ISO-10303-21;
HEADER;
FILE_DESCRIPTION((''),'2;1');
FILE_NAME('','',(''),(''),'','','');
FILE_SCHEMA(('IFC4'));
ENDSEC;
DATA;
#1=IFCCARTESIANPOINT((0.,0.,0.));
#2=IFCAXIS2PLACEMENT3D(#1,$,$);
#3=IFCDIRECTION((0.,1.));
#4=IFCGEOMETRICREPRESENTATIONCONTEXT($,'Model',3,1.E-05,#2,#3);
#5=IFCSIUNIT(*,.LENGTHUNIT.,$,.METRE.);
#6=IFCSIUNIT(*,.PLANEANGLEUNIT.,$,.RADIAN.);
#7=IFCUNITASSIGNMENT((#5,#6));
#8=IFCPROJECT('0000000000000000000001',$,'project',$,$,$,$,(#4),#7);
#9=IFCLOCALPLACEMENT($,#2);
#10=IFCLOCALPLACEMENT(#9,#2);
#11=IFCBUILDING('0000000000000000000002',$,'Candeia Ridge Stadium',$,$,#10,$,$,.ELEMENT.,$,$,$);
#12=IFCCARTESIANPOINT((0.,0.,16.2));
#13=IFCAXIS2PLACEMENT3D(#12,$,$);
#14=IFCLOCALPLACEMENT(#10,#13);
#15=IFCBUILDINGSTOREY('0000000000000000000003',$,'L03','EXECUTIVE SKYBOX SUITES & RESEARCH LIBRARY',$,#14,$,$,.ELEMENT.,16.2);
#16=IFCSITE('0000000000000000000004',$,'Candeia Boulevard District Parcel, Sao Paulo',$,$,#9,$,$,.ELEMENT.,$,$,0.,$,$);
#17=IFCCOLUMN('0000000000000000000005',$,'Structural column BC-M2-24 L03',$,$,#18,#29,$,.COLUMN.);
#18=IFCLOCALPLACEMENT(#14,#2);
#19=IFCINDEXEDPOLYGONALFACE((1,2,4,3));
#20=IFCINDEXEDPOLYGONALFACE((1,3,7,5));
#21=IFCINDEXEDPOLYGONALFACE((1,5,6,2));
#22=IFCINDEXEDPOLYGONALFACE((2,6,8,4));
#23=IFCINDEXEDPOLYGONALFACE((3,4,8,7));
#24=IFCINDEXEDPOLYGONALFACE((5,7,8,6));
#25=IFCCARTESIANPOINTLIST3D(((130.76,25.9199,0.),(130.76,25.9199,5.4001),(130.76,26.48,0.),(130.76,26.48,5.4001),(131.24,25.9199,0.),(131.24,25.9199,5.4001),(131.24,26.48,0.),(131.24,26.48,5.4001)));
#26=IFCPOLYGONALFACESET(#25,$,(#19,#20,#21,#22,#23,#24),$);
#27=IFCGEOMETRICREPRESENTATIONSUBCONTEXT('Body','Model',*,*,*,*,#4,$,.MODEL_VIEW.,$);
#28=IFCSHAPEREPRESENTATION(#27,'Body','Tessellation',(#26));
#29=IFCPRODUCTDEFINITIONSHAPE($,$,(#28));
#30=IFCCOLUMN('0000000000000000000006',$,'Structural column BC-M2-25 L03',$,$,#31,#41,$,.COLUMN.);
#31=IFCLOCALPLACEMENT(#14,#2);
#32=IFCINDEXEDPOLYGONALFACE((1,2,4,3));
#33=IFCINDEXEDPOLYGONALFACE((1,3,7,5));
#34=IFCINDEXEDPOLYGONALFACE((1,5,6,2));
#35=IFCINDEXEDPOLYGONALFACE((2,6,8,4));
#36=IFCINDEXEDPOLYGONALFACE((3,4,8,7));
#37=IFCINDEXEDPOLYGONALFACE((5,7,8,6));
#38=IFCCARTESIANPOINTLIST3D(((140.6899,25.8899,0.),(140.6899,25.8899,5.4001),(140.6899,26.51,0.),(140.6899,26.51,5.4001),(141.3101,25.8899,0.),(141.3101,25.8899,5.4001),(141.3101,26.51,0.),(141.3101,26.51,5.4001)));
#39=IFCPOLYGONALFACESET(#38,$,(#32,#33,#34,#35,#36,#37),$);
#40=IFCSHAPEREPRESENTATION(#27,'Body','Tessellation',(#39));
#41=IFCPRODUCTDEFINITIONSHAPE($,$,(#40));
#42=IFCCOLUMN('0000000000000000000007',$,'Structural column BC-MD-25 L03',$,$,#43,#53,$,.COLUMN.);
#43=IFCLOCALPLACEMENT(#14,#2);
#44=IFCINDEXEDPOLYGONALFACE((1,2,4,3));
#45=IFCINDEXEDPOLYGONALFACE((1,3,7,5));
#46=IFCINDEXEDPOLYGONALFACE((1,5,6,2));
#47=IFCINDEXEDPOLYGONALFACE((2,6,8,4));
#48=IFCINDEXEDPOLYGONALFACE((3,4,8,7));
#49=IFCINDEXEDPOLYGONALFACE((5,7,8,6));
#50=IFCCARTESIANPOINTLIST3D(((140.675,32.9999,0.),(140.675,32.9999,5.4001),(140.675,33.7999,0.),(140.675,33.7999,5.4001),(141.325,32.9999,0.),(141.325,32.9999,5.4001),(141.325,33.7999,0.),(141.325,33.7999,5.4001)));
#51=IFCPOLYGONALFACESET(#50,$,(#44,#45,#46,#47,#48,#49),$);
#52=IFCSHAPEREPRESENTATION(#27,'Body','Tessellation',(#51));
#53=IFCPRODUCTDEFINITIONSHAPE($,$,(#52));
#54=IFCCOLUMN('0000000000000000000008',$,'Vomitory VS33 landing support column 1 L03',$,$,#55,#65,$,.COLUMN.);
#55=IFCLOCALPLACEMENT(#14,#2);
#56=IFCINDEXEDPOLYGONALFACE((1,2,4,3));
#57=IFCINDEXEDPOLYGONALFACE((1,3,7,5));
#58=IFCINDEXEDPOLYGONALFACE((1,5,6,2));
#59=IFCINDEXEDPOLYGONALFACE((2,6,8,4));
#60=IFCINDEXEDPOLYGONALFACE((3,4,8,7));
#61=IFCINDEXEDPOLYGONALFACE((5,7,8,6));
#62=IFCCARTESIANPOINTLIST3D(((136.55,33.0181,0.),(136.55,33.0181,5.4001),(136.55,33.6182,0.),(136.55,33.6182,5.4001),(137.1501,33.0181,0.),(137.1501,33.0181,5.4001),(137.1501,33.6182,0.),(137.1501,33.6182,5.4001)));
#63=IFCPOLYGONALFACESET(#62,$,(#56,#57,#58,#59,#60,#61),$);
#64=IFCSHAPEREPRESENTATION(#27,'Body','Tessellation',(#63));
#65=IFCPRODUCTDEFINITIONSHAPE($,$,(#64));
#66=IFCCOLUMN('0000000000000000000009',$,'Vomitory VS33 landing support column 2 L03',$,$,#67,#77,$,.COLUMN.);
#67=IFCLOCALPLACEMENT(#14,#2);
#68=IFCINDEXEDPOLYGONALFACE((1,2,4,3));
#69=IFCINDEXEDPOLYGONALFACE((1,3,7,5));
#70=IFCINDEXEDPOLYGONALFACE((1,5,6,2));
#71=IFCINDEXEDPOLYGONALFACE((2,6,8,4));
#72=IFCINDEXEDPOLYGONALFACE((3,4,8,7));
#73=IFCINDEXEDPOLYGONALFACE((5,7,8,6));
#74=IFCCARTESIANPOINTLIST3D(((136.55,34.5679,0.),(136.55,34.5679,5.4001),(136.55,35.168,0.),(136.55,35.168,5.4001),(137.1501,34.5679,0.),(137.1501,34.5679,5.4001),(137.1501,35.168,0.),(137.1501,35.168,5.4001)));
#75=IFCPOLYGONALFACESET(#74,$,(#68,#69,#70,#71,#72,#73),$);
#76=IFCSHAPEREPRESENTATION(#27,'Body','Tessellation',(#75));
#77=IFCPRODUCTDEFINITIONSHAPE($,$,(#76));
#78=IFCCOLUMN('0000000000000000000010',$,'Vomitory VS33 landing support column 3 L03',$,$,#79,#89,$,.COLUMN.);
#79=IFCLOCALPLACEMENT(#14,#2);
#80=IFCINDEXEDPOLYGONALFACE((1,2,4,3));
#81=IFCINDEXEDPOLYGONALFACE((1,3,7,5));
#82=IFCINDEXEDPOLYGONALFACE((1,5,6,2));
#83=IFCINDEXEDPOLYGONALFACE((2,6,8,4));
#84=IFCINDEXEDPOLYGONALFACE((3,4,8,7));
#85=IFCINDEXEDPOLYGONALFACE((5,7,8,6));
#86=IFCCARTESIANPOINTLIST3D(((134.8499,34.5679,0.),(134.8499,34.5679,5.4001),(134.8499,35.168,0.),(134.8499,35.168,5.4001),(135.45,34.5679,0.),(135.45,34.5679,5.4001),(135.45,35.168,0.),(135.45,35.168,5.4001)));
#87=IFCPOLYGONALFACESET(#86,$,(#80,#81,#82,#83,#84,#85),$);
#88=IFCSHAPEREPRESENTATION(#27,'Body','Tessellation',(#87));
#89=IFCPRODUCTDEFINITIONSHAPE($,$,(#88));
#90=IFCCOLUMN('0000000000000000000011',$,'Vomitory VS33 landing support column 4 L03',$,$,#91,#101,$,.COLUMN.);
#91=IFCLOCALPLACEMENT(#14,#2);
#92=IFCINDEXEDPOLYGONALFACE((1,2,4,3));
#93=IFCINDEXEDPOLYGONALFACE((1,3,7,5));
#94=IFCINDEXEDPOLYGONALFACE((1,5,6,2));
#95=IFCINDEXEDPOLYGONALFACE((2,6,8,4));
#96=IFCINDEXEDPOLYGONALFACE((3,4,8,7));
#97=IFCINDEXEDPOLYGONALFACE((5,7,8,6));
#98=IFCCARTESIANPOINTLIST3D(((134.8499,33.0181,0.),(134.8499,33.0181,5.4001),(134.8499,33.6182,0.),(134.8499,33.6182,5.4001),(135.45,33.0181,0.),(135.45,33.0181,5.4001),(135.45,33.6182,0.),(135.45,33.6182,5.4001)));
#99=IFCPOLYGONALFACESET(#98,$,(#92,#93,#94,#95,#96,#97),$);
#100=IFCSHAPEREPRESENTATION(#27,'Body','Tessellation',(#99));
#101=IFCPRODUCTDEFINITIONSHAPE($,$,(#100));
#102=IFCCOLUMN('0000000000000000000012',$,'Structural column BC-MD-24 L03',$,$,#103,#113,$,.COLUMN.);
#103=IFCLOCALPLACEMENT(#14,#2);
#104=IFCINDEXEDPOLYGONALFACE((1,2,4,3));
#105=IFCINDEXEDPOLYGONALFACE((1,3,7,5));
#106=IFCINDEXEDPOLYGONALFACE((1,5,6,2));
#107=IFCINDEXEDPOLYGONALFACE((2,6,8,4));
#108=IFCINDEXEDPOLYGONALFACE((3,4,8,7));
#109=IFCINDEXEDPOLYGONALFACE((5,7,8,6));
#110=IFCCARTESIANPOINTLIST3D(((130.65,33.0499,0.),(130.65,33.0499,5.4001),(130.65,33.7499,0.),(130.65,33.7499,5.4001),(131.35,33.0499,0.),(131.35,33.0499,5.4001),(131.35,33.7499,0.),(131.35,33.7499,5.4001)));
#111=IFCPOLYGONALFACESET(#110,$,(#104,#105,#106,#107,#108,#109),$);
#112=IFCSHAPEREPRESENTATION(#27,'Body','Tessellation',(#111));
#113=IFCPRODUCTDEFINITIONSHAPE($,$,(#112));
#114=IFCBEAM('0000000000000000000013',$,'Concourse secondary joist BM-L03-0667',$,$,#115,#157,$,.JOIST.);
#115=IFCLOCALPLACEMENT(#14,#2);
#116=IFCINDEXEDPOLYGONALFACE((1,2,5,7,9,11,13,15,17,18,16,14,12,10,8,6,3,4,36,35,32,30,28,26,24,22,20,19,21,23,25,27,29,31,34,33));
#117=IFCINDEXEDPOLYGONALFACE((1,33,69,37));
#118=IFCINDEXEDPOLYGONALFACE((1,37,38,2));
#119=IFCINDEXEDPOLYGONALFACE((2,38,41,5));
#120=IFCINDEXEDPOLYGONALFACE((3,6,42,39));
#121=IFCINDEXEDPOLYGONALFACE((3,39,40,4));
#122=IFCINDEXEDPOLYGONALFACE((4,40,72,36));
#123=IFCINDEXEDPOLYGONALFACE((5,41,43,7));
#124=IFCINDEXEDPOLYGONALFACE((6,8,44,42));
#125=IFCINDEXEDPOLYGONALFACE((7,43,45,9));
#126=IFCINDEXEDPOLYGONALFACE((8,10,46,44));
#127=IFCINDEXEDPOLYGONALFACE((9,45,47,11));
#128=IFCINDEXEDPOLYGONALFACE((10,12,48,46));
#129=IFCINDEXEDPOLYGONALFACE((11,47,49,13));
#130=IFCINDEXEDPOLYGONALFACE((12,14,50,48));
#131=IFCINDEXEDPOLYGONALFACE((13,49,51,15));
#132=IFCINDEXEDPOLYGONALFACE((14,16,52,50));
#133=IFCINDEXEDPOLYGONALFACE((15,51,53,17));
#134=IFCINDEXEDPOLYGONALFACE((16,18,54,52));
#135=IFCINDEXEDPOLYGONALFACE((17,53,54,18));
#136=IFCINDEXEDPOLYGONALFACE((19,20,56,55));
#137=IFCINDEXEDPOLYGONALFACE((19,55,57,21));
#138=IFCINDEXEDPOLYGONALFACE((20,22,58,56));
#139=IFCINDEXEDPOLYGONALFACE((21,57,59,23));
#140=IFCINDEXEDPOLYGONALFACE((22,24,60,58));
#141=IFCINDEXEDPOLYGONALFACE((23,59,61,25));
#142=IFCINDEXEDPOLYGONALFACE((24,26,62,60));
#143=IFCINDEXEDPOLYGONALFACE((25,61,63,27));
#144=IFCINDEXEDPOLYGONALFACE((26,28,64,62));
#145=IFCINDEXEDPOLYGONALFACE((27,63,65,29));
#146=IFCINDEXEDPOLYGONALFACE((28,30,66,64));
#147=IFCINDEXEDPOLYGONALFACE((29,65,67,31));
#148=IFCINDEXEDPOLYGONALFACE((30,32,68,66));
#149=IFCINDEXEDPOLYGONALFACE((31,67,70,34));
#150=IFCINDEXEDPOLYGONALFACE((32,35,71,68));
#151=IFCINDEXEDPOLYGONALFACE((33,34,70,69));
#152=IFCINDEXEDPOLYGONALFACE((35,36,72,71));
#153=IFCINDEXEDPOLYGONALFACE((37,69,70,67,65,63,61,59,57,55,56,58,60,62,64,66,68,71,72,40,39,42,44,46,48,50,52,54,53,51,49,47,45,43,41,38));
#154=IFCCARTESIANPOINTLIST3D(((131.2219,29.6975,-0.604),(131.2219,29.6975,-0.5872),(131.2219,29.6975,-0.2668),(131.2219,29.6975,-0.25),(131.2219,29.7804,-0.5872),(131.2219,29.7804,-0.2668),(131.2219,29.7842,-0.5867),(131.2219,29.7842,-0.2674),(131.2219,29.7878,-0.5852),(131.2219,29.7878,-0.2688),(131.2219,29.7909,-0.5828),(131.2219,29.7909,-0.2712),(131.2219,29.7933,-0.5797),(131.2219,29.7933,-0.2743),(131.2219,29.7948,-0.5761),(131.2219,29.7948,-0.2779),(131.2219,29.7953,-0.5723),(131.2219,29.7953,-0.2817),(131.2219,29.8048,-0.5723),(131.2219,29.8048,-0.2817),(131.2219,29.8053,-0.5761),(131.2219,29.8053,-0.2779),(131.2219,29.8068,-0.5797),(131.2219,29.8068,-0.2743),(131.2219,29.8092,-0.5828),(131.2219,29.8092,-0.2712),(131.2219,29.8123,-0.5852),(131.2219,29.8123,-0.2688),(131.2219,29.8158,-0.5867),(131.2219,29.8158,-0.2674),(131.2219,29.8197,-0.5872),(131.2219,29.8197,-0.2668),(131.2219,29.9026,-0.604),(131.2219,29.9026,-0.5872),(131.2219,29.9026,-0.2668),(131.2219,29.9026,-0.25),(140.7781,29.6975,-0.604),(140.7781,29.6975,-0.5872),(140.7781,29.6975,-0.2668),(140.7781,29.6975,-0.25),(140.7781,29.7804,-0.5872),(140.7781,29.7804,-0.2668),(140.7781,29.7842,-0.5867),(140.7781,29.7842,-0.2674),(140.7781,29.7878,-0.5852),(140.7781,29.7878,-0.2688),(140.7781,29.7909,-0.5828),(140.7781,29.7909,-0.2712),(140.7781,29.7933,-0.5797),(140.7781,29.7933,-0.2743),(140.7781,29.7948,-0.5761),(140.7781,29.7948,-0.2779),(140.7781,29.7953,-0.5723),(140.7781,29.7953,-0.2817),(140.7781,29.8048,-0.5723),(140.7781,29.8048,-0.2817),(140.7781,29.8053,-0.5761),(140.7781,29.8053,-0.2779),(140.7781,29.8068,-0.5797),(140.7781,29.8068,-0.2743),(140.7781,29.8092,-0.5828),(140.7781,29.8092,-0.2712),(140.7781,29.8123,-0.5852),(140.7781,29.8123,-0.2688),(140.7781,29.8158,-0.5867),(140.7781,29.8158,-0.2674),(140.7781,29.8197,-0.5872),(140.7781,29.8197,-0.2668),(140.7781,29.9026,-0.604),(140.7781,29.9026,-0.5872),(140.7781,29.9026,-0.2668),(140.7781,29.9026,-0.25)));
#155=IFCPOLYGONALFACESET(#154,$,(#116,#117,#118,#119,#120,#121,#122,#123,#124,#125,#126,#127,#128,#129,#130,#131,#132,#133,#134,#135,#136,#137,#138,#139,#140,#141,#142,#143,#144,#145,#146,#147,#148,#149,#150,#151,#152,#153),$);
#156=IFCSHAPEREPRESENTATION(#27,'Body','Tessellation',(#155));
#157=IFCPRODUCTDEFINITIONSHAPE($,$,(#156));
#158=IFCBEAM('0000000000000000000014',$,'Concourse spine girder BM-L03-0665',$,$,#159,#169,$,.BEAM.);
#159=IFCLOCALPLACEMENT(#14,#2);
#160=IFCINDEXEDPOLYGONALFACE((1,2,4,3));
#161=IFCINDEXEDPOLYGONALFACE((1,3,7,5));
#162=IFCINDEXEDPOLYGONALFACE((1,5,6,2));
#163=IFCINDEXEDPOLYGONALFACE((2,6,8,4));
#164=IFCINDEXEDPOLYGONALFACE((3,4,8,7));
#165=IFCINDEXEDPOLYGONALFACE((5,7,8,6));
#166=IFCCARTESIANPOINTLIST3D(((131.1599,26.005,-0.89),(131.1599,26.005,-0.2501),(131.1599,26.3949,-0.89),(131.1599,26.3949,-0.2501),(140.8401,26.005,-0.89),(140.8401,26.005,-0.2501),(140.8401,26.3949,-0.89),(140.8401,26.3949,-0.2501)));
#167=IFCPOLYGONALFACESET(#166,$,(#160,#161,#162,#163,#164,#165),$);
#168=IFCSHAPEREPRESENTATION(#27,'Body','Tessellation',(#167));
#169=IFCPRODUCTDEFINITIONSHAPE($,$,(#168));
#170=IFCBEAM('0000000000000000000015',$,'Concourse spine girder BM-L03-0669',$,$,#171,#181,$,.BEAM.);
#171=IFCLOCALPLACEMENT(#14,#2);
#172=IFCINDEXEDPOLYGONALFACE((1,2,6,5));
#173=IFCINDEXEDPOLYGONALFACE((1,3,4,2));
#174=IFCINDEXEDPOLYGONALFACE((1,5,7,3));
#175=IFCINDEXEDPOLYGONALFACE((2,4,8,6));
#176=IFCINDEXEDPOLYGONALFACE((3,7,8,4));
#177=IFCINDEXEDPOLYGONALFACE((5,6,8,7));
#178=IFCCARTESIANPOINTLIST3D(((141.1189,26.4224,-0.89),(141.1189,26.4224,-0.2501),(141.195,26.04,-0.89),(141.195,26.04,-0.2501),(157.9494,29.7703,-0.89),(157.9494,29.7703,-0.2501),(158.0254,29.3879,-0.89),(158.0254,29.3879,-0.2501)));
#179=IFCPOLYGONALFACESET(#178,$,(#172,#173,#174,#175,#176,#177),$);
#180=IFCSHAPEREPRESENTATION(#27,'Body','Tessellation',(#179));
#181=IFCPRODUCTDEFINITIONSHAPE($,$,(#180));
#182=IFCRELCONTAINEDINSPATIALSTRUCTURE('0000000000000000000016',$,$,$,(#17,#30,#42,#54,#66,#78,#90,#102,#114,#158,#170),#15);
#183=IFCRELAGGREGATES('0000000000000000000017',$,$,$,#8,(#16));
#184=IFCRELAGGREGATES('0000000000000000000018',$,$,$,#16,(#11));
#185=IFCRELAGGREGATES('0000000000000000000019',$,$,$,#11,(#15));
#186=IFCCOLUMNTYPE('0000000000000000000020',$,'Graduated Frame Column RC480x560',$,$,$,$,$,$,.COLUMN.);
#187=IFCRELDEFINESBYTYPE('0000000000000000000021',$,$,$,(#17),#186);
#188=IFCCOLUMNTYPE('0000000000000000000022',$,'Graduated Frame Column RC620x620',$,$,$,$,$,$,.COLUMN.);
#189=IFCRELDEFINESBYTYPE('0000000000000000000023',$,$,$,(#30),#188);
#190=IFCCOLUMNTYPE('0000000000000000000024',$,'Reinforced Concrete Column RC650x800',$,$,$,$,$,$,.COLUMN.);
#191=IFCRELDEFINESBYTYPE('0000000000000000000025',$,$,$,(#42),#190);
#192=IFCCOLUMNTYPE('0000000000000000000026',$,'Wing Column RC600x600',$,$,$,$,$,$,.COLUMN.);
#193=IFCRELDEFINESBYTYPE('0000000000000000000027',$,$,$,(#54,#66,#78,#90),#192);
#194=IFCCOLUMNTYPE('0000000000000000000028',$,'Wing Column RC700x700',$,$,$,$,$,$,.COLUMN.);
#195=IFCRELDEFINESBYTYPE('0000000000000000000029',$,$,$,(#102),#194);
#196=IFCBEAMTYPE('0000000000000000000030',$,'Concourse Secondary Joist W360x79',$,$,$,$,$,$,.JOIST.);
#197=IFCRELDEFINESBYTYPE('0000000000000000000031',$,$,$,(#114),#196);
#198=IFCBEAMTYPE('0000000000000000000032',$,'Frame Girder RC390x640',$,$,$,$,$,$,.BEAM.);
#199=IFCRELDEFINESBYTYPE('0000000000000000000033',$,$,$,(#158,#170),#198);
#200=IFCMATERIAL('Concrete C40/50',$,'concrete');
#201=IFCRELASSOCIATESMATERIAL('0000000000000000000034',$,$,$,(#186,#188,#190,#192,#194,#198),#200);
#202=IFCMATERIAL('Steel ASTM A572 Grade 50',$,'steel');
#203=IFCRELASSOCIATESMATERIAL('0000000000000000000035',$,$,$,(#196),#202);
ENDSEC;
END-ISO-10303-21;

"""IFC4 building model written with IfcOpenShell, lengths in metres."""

from ifc_helpers import new_model, si_unit, direction, frame, origin, origin_2d, place, context, subcontext, project, spatial, rectangle, i_section, extrude, material, material_profile, profile_set, type_object, element, save


model = new_model("IFC4")

# Units and contexts
model_context = context("Model", 3, precision=1e-05, world=origin(), true_north=direction((0.0, 1.0)))
body_context = subcontext(model_context, "Body", "Model", "MODEL_VIEW")
ifc_project = project(units=[si_unit("LENGTHUNIT", "METRE"), si_unit("PLANEANGLEUNIT", "RADIAN")], contexts=[model_context])

# Site, building, storey
site_placement = place(None, origin())
site = spatial("IfcSite", under=ifc_project, at=site_placement, Name="Candeia Boulevard District Parcel, Sao Paulo", CompositionType="ELEMENT", RefElevation=0.0)
building_placement = place(site_placement, origin())
building = spatial("IfcBuilding", under=site, at=building_placement, Name="Candeia Ridge Stadium", CompositionType="ELEMENT")
storey_placement = place(building_placement, frame((0.0, 0.0, 16.2)))
storey = spatial("IfcBuildingStorey", under=building, at=storey_placement, Name="L03", Description="EXECUTIVE SKYBOX SUITES & RESEARCH LIBRARY", CompositionType="ELEMENT", Elevation=16.2)

# Columns
ifc_material_1 = material(Name="Concrete C40/50", Category="concrete")
ifc_material_profile_1 = material_profile(ifc_material_1, rectangle(XDim=0.48, YDim=0.5601, at=origin_2d()), Name="RC480x560", Category="concrete")
ifc_profile_set_1 = profile_set([ifc_material_profile_1], Name="Concrete C40/50")
column_type_1 = type_object("IfcColumnType", Name="Graduated Frame Column RC480x560", PredefinedType="COLUMN", material=ifc_profile_set_1)
column_1_placement = place(storey_placement, frame((131.0, 26.2, 0.0), z_axis=(0.0, 0.0, 1.0), x_axis=(1.0, 0.0, 0.0)))
element("IfcColumn", 1, at=column_1_placement, inside=storey, type_object=column_type_1, Name="Structural column BC-M2-24 L03", PredefinedType="COLUMN", context=body_context, shape_type="SweptSolid", body=[
    extrude(rectangle(XDim=0.48, YDim=0.5601, at=origin_2d()), origin(), (0.0, 0.0, 1.0), 5.4001),
])
ifc_material_profile_2 = material_profile(ifc_material_1, rectangle(XDim=0.6201, YDim=0.6201, at=origin_2d()), Name="RC620x620", Category="concrete")
ifc_profile_set_2 = profile_set([ifc_material_profile_2], Name="Concrete C40/50")
column_type_2 = type_object("IfcColumnType", Name="Graduated Frame Column RC620x620", PredefinedType="COLUMN", material=ifc_profile_set_2)
column_2_placement = place(storey_placement, frame((141.0, 26.2, 0.0), z_axis=(0.0, 0.0, 1.0), x_axis=(1.0, 0.0, 0.0)))
element("IfcColumn", 2, at=column_2_placement, inside=storey, type_object=column_type_2, Name="Structural column BC-M2-25 L03", PredefinedType="COLUMN", context=body_context, shape_type="SweptSolid", body=[
    extrude(rectangle(XDim=0.6201, YDim=0.6201, at=origin_2d()), origin(), (0.0, 0.0, 1.0), 5.4001),
])
ifc_material_profile_3 = material_profile(ifc_material_1, rectangle(XDim=0.6499, YDim=0.8, at=origin_2d()), Name="RC650x800", Category="concrete")
ifc_profile_set_3 = profile_set([ifc_material_profile_3], Name="Concrete C40/50")
column_type_3 = type_object("IfcColumnType", Name="Reinforced Concrete Column RC650x800", PredefinedType="COLUMN", material=ifc_profile_set_3)
column_3_placement = place(storey_placement, frame((141.0, 33.3999, 0.0), z_axis=(0.0, 0.0, 1.0), x_axis=(1.0, 0.0, 0.0)))
element("IfcColumn", 3, at=column_3_placement, inside=storey, type_object=column_type_3, Name="Structural column BC-MD-25 L03", PredefinedType="COLUMN", context=body_context, shape_type="SweptSolid", body=[
    extrude(rectangle(XDim=0.6499, YDim=0.8, at=origin_2d()), origin(), (0.0, 0.0, 1.0), 5.4001),
])
ifc_material_profile_4 = material_profile(ifc_material_1, rectangle(XDim=0.6001, YDim=0.6001, at=origin_2d()), Name="RC600x600", Category="concrete")
ifc_profile_set_4 = profile_set([ifc_material_profile_4], Name="Concrete C40/50")
column_type_4 = type_object("IfcColumnType", Name="Wing Column RC600x600", PredefinedType="COLUMN", material=ifc_profile_set_4)
for number, where, z_axis, x_axis, name in (
    (4, (136.8501, 33.3181, 0.0), (0.0, 0.0, 1.0), (1.0, 0.0, 0.0), "Vomitory VS33 landing support column 1 L03"),
    (5, (136.8501, 34.8679, 0.0), (0.0, 0.0, 1.0), (1.0, 0.0, 0.0), "Vomitory VS33 landing support column 2 L03"),
    (6, (135.1499, 34.8679, 0.0), (0.0, 0.0, 1.0), (1.0, 0.0, 0.0), "Vomitory VS33 landing support column 3 L03"),
    (7, (135.1499, 33.3181, 0.0), (0.0, 0.0, 1.0), (1.0, 0.0, 0.0), "Vomitory VS33 landing support column 4 L03"),
):
    element("IfcColumn", number, at=place(storey_placement, frame(where, z_axis=z_axis, x_axis=x_axis)), inside=storey, type_object=column_type_4, Name=name, PredefinedType="COLUMN", context=body_context, shape_type="SweptSolid", body=[
        extrude(rectangle(XDim=0.6001, YDim=0.6001, at=origin_2d()), origin(), (0.0, 0.0, 1.0), 5.4001),
    ])
ifc_material_profile_5 = material_profile(ifc_material_1, rectangle(XDim=0.7, YDim=0.7, at=origin_2d()), Name="RC700x700", Category="concrete")
ifc_profile_set_5 = profile_set([ifc_material_profile_5], Name="Concrete C40/50")
column_type_5 = type_object("IfcColumnType", Name="Wing Column RC700x700", PredefinedType="COLUMN", material=ifc_profile_set_5)
column_4_placement = place(storey_placement, frame((131.0, 33.3999, 0.0), z_axis=(0.0, 0.0, 1.0), x_axis=(1.0, 0.0, 0.0)))
element("IfcColumn", 8, at=column_4_placement, inside=storey, type_object=column_type_5, Name="Structural column BC-MD-24 L03", PredefinedType="COLUMN", context=body_context, shape_type="SweptSolid", body=[
    extrude(rectangle(XDim=0.7, YDim=0.7, at=origin_2d()), origin(), (0.0, 0.0, 1.0), 5.4001),
])

# Beams
ifc_material_2 = material(Name="Steel ASTM A572 Grade 50", Category="steel")
ifc_material_profile_6 = material_profile(ifc_material_2, i_section(OverallWidth=0.2051, OverallDepth=0.354, WebThickness=0.0095, FlangeThickness=0.0168, FilletRadius=0.0149, at=origin_2d()), Name="W360x79", Category="steel")
ifc_profile_set_6 = profile_set([ifc_material_profile_6], Name="Steel ASTM A572 Grade 50")
beam_type_1 = type_object("IfcBeamType", Name="Concourse Secondary Joist W360x79", PredefinedType="JOIST", material=ifc_profile_set_6)
beam_1_placement = place(storey_placement, frame((131.2219, 29.8, -0.427), z_axis=(1.0, 0.0, 0.0), x_axis=(0.0, 1.0, 0.0)))
element("IfcBeam", 9, at=beam_1_placement, inside=storey, type_object=beam_type_1, Name="Concourse secondary joist BM-L03-0667", PredefinedType="JOIST", context=body_context, shape_type="SweptSolid", body=[
    extrude(i_section(OverallWidth=0.2051, OverallDepth=0.354, WebThickness=0.0095, FlangeThickness=0.0168, FilletRadius=0.0149, at=origin_2d()), origin(), (0.0, 0.0, 1.0), 9.5562),
])
ifc_material_profile_7 = material_profile(ifc_material_1, rectangle(XDim=0.3899, YDim=0.6399, at=origin_2d()), Name="RC390x640", Category="concrete")
ifc_profile_set_7 = profile_set([ifc_material_profile_7], Name="Concrete C40/50")
beam_type_2 = type_object("IfcBeamType", Name="Frame Girder RC390x640", PredefinedType="BEAM", material=ifc_profile_set_7)
beam_2_placement = place(storey_placement, frame((131.1599, 26.2, -0.5701), z_axis=(1.0, 0.0, 0.0), x_axis=(0.0, 1.0, 0.0)))
element("IfcBeam", 10, at=beam_2_placement, inside=storey, type_object=beam_type_2, Name="Concourse spine girder BM-L03-0665", PredefinedType="BEAM", context=body_context, shape_type="SweptSolid", body=[
    extrude(rectangle(XDim=0.3899, YDim=0.6399, at=origin_2d()), origin(), (0.0, 0.0, 1.0), 9.6802),
])
beam_3_placement = place(storey_placement, frame((141.157, 26.2312, -0.5701), z_axis=(0.980784, 0.195098, 0.0), x_axis=(-0.195098, 0.980784, 0.0)))
element("IfcBeam", 11, at=beam_3_placement, inside=storey, type_object=beam_type_2, Name="Concourse spine girder BM-L03-0669", PredefinedType="BEAM", context=body_context, shape_type="SweptSolid", body=[
    extrude(rectangle(XDim=0.3899, YDim=0.6399, at=origin_2d()), origin(), (0.0, 0.0, 1.0), 17.1602),
])

save(model, "model.ifc")
